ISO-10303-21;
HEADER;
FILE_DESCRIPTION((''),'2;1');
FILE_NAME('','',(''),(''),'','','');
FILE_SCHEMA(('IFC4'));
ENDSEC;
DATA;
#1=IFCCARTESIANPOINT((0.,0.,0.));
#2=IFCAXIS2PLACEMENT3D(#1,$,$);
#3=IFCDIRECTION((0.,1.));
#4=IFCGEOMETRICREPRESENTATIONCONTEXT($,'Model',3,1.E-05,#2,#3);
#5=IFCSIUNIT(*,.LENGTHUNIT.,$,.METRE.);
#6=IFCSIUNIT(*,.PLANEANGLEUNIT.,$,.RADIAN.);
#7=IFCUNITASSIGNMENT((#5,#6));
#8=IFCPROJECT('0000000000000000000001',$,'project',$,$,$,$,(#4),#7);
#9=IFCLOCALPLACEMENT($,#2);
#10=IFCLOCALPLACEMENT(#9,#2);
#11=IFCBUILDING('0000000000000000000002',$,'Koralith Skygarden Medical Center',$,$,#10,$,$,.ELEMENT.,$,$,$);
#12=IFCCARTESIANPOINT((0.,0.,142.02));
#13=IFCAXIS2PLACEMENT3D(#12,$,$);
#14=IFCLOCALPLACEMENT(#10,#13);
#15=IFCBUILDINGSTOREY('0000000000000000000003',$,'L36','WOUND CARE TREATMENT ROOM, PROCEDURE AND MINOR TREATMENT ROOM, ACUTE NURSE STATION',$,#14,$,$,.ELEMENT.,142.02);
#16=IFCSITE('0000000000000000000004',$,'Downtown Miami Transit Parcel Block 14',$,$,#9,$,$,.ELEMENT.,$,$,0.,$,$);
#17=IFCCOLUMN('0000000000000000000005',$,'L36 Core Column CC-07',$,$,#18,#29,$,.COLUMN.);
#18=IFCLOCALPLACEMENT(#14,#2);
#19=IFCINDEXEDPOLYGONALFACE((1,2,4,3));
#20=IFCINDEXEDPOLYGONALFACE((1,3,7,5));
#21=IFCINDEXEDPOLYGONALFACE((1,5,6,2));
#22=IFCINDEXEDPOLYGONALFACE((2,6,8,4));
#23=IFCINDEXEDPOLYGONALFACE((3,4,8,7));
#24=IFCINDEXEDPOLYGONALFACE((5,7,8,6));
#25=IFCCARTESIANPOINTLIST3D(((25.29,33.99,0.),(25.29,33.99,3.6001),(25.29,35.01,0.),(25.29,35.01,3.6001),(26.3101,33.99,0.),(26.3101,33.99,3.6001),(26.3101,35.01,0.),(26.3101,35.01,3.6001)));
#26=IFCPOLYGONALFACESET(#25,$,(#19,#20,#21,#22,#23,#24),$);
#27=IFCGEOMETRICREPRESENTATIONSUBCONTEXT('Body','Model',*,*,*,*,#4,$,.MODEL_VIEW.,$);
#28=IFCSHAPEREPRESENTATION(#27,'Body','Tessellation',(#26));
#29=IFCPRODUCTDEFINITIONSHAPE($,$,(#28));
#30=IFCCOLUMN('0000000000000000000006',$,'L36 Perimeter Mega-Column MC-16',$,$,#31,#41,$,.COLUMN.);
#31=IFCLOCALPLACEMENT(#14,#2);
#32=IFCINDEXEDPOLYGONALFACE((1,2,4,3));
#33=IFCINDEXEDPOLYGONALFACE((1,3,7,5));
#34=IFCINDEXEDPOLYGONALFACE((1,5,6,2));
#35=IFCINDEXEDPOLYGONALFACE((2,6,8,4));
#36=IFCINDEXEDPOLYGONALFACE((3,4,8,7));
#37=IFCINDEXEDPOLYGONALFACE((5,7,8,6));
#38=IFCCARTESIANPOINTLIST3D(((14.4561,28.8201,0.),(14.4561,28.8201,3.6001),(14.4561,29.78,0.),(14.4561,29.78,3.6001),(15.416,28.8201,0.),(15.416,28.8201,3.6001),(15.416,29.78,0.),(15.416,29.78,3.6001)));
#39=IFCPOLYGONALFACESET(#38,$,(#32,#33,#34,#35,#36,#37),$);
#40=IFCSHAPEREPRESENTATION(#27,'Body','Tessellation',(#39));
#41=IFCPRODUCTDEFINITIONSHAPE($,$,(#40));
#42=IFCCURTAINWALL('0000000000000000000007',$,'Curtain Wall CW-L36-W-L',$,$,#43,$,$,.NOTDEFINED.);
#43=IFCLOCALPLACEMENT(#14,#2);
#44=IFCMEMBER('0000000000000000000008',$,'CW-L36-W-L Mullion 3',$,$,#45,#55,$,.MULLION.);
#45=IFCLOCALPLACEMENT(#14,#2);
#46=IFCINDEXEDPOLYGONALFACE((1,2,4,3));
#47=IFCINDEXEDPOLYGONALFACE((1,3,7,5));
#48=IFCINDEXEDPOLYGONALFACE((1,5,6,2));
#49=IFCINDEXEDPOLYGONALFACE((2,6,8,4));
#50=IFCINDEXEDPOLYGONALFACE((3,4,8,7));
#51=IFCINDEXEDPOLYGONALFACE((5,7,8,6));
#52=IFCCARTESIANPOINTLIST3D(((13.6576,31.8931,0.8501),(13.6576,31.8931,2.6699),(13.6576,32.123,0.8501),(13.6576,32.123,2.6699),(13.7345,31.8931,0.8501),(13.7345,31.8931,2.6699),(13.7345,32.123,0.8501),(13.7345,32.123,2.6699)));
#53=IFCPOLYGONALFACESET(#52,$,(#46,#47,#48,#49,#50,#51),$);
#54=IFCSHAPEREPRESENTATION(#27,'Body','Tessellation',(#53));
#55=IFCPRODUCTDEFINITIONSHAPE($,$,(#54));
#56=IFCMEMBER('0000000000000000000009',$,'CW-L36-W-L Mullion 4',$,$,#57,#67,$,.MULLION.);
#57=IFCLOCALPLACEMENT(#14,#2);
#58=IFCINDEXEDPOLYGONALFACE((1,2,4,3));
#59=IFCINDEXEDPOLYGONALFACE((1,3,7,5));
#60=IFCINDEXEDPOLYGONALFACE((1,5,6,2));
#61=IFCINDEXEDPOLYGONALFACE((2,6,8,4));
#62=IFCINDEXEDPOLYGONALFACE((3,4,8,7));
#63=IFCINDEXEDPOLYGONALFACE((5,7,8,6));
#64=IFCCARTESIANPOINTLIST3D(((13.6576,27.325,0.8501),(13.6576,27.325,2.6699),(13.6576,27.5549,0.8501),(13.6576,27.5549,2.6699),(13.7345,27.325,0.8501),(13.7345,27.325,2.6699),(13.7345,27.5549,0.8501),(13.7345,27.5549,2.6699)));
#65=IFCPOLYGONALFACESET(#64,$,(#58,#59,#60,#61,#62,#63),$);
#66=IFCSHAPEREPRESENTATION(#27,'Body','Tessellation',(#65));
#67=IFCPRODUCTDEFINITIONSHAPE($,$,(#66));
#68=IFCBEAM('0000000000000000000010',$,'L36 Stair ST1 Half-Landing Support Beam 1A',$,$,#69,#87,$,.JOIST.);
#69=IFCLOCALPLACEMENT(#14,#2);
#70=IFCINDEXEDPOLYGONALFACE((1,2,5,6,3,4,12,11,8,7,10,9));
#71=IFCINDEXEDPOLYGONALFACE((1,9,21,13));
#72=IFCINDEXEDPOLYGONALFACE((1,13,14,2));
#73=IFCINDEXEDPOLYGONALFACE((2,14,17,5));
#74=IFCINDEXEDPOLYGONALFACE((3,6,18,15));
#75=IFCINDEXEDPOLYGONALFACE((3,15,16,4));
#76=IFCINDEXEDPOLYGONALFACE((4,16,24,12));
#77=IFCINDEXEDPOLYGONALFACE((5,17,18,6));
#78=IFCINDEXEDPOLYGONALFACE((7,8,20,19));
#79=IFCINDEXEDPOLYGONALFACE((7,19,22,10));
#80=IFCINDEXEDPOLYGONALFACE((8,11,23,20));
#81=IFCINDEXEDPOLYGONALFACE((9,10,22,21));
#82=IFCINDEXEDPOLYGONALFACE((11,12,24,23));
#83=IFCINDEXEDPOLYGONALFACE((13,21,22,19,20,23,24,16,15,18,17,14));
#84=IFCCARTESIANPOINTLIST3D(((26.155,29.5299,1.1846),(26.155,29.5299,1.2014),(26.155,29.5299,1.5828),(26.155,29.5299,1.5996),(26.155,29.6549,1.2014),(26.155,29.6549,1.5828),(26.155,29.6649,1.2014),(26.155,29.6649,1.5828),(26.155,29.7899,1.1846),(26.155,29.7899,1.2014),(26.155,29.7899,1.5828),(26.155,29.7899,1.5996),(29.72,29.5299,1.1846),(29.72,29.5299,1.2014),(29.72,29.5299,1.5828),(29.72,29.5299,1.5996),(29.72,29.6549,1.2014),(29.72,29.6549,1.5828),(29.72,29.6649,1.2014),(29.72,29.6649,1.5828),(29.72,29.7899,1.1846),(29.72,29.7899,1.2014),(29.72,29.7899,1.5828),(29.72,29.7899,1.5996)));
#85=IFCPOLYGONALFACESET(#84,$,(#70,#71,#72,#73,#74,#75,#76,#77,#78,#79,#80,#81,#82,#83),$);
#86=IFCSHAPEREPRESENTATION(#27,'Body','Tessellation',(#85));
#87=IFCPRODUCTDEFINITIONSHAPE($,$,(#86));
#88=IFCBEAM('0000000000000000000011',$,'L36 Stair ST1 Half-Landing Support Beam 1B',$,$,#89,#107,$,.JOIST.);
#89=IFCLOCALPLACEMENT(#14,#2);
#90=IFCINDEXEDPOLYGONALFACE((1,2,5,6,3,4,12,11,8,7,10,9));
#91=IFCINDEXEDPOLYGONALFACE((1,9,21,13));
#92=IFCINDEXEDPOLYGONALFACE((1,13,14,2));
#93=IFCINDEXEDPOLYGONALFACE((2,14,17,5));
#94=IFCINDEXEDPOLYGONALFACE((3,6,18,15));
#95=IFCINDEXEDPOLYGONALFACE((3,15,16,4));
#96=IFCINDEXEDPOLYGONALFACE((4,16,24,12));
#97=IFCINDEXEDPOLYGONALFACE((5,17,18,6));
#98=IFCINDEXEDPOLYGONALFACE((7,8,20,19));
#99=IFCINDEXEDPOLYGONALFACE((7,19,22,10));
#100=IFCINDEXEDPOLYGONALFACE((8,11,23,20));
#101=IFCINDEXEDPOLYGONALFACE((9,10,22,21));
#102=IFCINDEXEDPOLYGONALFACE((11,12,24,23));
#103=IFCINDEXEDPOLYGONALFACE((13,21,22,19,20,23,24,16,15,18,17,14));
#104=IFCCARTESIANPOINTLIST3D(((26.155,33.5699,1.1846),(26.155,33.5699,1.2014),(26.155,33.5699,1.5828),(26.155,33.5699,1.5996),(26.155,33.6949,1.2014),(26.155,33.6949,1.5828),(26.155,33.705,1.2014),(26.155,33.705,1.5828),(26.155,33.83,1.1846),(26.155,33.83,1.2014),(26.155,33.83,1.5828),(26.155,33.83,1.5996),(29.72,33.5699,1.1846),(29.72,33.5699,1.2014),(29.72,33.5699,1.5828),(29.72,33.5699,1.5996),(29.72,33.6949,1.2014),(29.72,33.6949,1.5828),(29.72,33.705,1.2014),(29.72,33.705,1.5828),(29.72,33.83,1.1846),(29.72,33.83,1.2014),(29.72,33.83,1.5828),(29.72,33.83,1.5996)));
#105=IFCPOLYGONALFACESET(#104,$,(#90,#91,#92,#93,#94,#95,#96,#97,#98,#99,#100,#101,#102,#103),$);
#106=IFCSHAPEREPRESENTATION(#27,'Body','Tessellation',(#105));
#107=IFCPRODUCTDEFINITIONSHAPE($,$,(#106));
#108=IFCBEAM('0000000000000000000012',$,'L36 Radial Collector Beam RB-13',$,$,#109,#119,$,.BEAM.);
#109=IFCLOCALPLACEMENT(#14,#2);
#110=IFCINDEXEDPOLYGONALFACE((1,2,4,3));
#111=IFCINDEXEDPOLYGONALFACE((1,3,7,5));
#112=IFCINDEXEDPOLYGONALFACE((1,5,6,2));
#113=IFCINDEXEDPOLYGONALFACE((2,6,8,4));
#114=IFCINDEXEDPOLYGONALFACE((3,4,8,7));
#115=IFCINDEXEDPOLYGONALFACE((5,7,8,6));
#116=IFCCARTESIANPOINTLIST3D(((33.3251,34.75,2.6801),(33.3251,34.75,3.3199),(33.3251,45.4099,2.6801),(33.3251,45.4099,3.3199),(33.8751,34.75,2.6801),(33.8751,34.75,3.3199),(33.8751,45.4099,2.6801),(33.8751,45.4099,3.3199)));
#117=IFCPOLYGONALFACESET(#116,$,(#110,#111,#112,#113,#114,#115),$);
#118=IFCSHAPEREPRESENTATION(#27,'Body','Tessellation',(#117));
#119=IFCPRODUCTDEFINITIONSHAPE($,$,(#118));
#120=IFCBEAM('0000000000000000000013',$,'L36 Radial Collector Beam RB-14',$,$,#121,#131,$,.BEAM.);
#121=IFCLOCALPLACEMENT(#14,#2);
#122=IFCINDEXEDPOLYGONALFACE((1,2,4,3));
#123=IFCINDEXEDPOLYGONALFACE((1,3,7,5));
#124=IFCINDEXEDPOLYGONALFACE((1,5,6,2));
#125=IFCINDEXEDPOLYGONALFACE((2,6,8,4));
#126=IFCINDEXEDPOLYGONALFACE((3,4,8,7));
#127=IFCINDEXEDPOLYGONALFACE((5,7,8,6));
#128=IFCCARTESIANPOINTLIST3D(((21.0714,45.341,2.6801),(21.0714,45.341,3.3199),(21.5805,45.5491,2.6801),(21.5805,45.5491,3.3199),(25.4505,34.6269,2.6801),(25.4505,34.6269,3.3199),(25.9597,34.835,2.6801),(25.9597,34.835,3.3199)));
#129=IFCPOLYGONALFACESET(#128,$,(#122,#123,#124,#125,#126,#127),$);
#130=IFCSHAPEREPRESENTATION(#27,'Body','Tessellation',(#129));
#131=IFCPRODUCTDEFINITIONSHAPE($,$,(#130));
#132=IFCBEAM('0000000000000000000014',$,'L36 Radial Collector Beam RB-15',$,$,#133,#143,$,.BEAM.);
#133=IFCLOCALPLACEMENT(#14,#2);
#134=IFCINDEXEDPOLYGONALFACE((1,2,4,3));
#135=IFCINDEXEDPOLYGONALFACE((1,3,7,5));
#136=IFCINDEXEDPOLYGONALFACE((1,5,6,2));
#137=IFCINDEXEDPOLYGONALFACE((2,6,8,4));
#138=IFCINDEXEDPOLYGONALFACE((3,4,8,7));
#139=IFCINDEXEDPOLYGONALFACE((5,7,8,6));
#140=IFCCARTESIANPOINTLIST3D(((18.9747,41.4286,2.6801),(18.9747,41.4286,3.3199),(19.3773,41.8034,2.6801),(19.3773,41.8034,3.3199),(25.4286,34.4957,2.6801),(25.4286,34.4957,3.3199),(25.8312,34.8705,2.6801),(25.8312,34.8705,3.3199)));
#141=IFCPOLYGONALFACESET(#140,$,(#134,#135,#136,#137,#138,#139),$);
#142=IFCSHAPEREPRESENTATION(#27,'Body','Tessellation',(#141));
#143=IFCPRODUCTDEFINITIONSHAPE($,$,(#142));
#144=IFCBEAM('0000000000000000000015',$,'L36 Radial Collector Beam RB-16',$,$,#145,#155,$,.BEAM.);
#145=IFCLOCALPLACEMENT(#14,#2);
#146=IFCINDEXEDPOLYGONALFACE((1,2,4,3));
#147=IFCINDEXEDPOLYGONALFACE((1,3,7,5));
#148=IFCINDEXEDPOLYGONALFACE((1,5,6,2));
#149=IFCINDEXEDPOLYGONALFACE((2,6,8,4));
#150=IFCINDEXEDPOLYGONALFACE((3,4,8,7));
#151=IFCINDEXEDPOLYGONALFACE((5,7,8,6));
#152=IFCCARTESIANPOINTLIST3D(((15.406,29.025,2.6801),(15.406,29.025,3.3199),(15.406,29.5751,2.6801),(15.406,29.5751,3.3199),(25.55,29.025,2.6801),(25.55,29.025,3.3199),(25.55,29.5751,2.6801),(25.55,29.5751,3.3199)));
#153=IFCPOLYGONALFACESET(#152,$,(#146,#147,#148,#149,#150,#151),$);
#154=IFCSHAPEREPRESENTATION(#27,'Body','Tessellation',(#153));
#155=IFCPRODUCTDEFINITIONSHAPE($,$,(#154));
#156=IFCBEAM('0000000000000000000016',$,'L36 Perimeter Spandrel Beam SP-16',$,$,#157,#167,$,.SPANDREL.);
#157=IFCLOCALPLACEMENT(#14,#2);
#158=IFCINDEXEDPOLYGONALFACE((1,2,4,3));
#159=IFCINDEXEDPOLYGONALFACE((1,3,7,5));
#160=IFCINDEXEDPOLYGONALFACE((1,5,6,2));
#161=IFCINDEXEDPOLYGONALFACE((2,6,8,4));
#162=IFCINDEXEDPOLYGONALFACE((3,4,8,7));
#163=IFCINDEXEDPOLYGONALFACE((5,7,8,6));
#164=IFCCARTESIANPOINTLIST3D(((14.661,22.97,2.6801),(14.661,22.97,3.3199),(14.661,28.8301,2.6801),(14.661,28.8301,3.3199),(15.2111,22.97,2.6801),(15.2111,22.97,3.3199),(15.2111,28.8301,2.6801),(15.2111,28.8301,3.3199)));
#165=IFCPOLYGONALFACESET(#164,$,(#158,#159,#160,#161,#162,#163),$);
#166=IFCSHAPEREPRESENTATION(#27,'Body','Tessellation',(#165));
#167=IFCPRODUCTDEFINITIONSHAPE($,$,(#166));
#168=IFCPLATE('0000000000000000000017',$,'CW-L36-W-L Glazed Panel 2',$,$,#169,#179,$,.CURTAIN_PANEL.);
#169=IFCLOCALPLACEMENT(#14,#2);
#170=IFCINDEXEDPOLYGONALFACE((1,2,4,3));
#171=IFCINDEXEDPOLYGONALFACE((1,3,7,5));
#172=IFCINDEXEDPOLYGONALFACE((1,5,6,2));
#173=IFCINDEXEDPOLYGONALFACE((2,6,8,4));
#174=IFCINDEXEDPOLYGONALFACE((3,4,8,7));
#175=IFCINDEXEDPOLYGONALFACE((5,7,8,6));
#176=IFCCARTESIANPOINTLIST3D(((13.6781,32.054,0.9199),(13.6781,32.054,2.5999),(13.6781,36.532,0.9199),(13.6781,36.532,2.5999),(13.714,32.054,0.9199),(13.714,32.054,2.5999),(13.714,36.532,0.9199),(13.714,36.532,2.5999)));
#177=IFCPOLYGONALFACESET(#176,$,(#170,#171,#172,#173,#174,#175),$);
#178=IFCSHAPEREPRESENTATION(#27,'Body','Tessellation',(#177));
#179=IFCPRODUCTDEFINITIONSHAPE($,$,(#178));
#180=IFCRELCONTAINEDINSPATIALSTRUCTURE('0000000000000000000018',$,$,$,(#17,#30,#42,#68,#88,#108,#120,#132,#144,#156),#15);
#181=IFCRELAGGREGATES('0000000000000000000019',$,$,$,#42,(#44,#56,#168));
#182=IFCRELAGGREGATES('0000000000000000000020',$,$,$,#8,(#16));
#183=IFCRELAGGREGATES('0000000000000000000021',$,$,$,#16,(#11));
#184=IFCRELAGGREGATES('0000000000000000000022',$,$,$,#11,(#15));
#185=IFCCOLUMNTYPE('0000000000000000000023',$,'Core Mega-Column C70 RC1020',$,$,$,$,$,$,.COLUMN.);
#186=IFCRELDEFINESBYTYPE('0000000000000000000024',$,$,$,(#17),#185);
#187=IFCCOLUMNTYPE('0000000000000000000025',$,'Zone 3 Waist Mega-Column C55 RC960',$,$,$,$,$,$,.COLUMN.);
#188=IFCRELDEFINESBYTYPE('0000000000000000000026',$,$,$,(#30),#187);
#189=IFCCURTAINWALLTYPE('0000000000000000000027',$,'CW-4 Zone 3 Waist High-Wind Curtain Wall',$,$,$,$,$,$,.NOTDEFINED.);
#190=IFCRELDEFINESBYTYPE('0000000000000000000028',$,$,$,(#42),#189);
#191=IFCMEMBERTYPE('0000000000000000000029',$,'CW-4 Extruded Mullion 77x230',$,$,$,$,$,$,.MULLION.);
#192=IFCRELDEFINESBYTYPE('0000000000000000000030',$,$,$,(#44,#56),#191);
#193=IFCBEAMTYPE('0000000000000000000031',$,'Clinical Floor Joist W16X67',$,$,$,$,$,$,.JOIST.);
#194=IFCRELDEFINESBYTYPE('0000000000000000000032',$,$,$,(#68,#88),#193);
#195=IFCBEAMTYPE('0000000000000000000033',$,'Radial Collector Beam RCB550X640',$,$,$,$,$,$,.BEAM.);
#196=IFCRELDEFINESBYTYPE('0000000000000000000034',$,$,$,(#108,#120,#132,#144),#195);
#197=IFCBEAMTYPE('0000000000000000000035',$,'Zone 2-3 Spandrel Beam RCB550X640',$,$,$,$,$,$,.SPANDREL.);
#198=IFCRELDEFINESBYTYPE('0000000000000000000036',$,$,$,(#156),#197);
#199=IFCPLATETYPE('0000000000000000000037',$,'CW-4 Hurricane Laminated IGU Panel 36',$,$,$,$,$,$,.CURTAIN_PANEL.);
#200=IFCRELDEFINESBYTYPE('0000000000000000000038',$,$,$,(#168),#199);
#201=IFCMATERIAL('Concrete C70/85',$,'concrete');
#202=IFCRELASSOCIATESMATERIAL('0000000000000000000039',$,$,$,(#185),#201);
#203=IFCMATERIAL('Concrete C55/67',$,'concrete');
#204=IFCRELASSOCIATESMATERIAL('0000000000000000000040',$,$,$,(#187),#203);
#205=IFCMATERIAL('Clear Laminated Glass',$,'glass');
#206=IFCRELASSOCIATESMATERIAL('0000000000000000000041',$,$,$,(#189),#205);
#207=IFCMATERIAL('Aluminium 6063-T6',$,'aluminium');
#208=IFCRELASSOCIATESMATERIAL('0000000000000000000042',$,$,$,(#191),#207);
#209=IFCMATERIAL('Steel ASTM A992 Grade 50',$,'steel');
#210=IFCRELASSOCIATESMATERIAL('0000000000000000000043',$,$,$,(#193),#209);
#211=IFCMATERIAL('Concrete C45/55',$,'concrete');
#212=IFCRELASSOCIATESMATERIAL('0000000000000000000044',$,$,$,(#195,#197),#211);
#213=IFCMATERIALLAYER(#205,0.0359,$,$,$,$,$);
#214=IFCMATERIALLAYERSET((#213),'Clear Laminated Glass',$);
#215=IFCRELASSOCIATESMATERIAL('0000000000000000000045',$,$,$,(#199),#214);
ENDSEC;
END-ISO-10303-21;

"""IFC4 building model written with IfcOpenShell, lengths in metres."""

from ifc_helpers import new_model, si_unit, direction, frame, origin, origin_2d, place, context, subcontext, project, spatial, rectangle, i_section, extrude, material, layer, layer_set, material_profile, profile_set, type_object, element, aggregate, save


model = new_model("IFC4")

# Units and contexts
model_context = context("Model", 3, precision=1e-05, world=origin(), true_north=direction((0.0, 1.0)))
body_context = subcontext(model_context, "Body", "Model", "MODEL_VIEW")
ifc_project = project(units=[si_unit("LENGTHUNIT", "METRE"), si_unit("PLANEANGLEUNIT", "RADIAN")], contexts=[model_context])

# Site, building, storey
site_placement = place(None, origin())
site = spatial("IfcSite", under=ifc_project, at=site_placement, Name="Downtown Miami Transit Parcel Block 14", CompositionType="ELEMENT", RefElevation=0.0)
building_placement = place(site_placement, origin())
building = spatial("IfcBuilding", under=site, at=building_placement, Name="Koralith Skygarden Medical Center", CompositionType="ELEMENT")
storey_placement = place(building_placement, frame((0.0, 0.0, 142.02)))
storey = spatial("IfcBuildingStorey", under=building, at=storey_placement, Name="L36", Description="WOUND CARE TREATMENT ROOM, PROCEDURE AND MINOR TREATMENT ROOM, ACUTE NURSE STATION", CompositionType="ELEMENT", Elevation=142.02)

# Columns
ifc_material_1 = material(Name="Concrete C70/85", Category="concrete")
ifc_material_profile_1 = material_profile(ifc_material_1, rectangle(XDim=1.02, YDim=1.02, at=origin_2d()), Name="RC1020X1020")
ifc_profile_set_1 = profile_set([ifc_material_profile_1], Name="Concrete C70/85")
column_type_1 = type_object("IfcColumnType", Name="Core Mega-Column C70 RC1020", PredefinedType="COLUMN", material=ifc_profile_set_1)
column_1_placement = place(storey_placement, frame((25.8, 34.5, 0.0), z_axis=(0.0, 0.0, 1.0), x_axis=(1.0, 0.0, 0.0)))
element("IfcColumn", 1, at=column_1_placement, inside=storey, type_object=column_type_1, Name="L36 Core Column CC-07", PredefinedType="COLUMN", context=body_context, shape_type="SweptSolid", body=[
    extrude(rectangle(XDim=1.02, YDim=1.02, at=origin_2d()), origin(), (0.0, 0.0, 1.0), 3.6001),
])
ifc_material_2 = material(Name="Concrete C55/67", Category="concrete")
ifc_material_profile_2 = material_profile(ifc_material_2, rectangle(XDim=0.96, YDim=0.96, at=origin_2d()), Name="RC960X960")
ifc_profile_set_2 = profile_set([ifc_material_profile_2], Name="Concrete C55/67")
column_type_2 = type_object("IfcColumnType", Name="Zone 3 Waist Mega-Column C55 RC960", PredefinedType="COLUMN", material=ifc_profile_set_2)
column_2_placement = place(storey_placement, frame((14.936, 29.3, 0.0), z_axis=(0.0, 0.0, 1.0), x_axis=(1.0, 0.0, 0.0)))
element("IfcColumn", 2, at=column_2_placement, inside=storey, type_object=column_type_2, Name="L36 Perimeter Mega-Column MC-16", PredefinedType="COLUMN", context=body_context, shape_type="SweptSolid", body=[
    extrude(rectangle(XDim=0.96, YDim=0.96, at=origin_2d()), origin(), (0.0, 0.0, 1.0), 3.6001),
])

# Curtain wall, members
ifc_material_3 = material(Name="Clear Laminated Glass", Category="glass")
curtain_wall_type = type_object("IfcCurtainWallType", Name="CW-4 Zone 3 Waist High-Wind Curtain Wall", PredefinedType="NOTDEFINED", material=ifc_material_3)
curtain_wall_placement = place(storey_placement, origin())
curtain_wall = element("IfcCurtainWall", 3, at=curtain_wall_placement, inside=storey, type_object=curtain_wall_type, Name="Curtain Wall CW-L36-W-L", PredefinedType="NOTDEFINED")
ifc_material_4 = material(Name="Aluminium 6063-T6", Category="aluminium")
ifc_material_profile_3 = material_profile(ifc_material_4, rectangle(XDim=0.0769, YDim=0.23, at=origin_2d()), Name="MUL77X230")
ifc_profile_set_3 = profile_set([ifc_material_profile_3], Name="Aluminium 6063-T6")
member_type = type_object("IfcMemberType", Name="CW-4 Extruded Mullion 77x230", PredefinedType="MULLION", material=ifc_profile_set_3)
member_1_placement = place(storey_placement, frame((13.696, 32.0081, 0.8501), z_axis=(0.0, 0.0, 1.0), x_axis=(1.0, 0.0, 0.0)))
member_1 = element("IfcMember", 4, at=member_1_placement, type_object=member_type, Name="CW-L36-W-L Mullion 3", PredefinedType="MULLION", context=body_context, shape_type="SweptSolid", body=[
    extrude(rectangle(XDim=0.0769, YDim=0.23, at=origin_2d()), origin(), (0.0, 0.0, 1.0), 1.8198),
])
member_2_placement = place(storey_placement, frame((13.696, 27.4399, 0.8501), z_axis=(0.0, 0.0, 1.0), x_axis=(1.0, 0.0, 0.0)))
member_2 = element("IfcMember", 5, at=member_2_placement, type_object=member_type, Name="CW-L36-W-L Mullion 4", PredefinedType="MULLION", context=body_context, shape_type="SweptSolid", body=[
    extrude(rectangle(XDim=0.0769, YDim=0.23, at=origin_2d()), origin(), (0.0, 0.0, 1.0), 1.8198),
])

# Beams
ifc_material_5 = material(Name="Steel ASTM A992 Grade 50", Category="steel")
ifc_material_profile_4 = material_profile(ifc_material_5, i_section(OverallWidth=0.26, OverallDepth=0.415, WebThickness=0.01, FlangeThickness=0.0168, at=origin_2d()), Name="W16X67")
ifc_profile_set_4 = profile_set([ifc_material_profile_4], Name="Steel ASTM A992 Grade 50")
beam_type_1 = type_object("IfcBeamType", Name="Clinical Floor Joist W16X67", PredefinedType="JOIST", material=ifc_profile_set_4)
for number, where, z_axis, x_axis, name in (
    (6, (26.155, 29.6599, 1.3921), (1.0, 0.0, 0.0), (0.0, 1.0, 0.0), "L36 Stair ST1 Half-Landing Support Beam 1A"),
    (7, (26.155, 33.7, 1.3921), (1.0, 0.0, 0.0), (0.0, 1.0, 0.0), "L36 Stair ST1 Half-Landing Support Beam 1B"),
):
    element("IfcBeam", number, at=place(storey_placement, frame(where, z_axis=z_axis, x_axis=x_axis)), inside=storey, type_object=beam_type_1, Name=name, PredefinedType="JOIST", context=body_context, shape_type="SweptSolid", body=[
        extrude(i_section(OverallWidth=0.26, OverallDepth=0.415, WebThickness=0.01, FlangeThickness=0.0168, at=origin_2d()), origin(), (0.0, 0.0, 1.0), 3.5649),
    ])
ifc_material_6 = material(Name="Concrete C45/55", Category="concrete")
ifc_material_profile_5 = material_profile(ifc_material_6, rectangle(XDim=0.55, YDim=0.6399, at=origin_2d()), Name="RCB550X640")
ifc_profile_set_5 = profile_set([ifc_material_profile_5], Name="Concrete C45/55")
beam_type_2 = type_object("IfcBeamType", Name="Radial Collector Beam RCB550X640", PredefinedType="BEAM", material=ifc_profile_set_5)
beam_1_placement = place(storey_placement, frame((33.6001, 34.75, 3.0), z_axis=(0.0, 1.0, 0.0), x_axis=(-1.0, 0.0, 0.0)))
element("IfcBeam", 8, at=beam_1_placement, inside=storey, type_object=beam_type_2, Name="L36 Radial Collector Beam RB-13", PredefinedType="BEAM", context=body_context, shape_type="SweptSolid", body=[
    extrude(rectangle(XDim=0.55, YDim=0.6399, at=origin_2d()), origin(), (0.0, 0.0, 1.0), 10.6599),
])
beam_2_placement = place(storey_placement, frame((25.7051, 34.731, 3.0), z_axis=(-0.378345, 0.925665, 0.0), x_axis=(-0.925665, -0.378345, 0.0)))
element("IfcBeam", 9, at=beam_2_placement, inside=storey, type_object=beam_type_2, Name="L36 Radial Collector Beam RB-14", PredefinedType="BEAM", context=body_context, shape_type="SweptSolid", body=[
    extrude(rectangle(XDim=0.55, YDim=0.6399, at=origin_2d()), origin(), (0.0, 0.0, 1.0), 11.5745),
])
beam_3_placement = place(storey_placement, frame((25.6299, 34.6831, 3.0), z_axis=(-0.681369, 0.73194, 0.0), x_axis=(-0.73194, -0.681369, 0.0)))
element("IfcBeam", 10, at=beam_3_placement, inside=storey, type_object=beam_type_2, Name="L36 Radial Collector Beam RB-15", PredefinedType="BEAM", context=body_context, shape_type="SweptSolid", body=[
    extrude(rectangle(XDim=0.55, YDim=0.6399, at=origin_2d()), origin(), (0.0, 0.0, 1.0), 9.4719),
])
beam_4_placement = place(storey_placement, frame((25.55, 29.3, 3.0), z_axis=(-1.0, 0.0, 0.0), x_axis=(0.0, -1.0, 0.0)))
element("IfcBeam", 11, at=beam_4_placement, inside=storey, type_object=beam_type_2, Name="L36 Radial Collector Beam RB-16", PredefinedType="BEAM", context=body_context, shape_type="SweptSolid", body=[
    extrude(rectangle(XDim=0.55, YDim=0.6399, at=origin_2d()), origin(), (0.0, 0.0, 1.0), 10.144),
])
ifc_material_profile_6 = material_profile(ifc_material_6, rectangle(XDim=0.55, YDim=0.6399, at=origin_2d()), Name="RCB550X640")
ifc_profile_set_6 = profile_set([ifc_material_profile_6], Name="Concrete C45/55")
beam_type_3 = type_object("IfcBeamType", Name="Zone 2-3 Spandrel Beam RCB550X640", PredefinedType="SPANDREL", material=ifc_profile_set_6)
beam_5_placement = place(storey_placement, frame((14.936, 28.8301, 3.0), z_axis=(0.0, -1.0, 0.0), x_axis=(1.0, 0.0, 0.0)))
element("IfcBeam", 12, at=beam_5_placement, inside=storey, type_object=beam_type_3, Name="L36 Perimeter Spandrel Beam SP-16", PredefinedType="SPANDREL", context=body_context, shape_type="SweptSolid", body=[
    extrude(rectangle(XDim=0.55, YDim=0.6399, at=origin_2d()), origin(), (0.0, 0.0, 1.0), 5.8601),
])

# Plate
ifc_layer_1 = layer(ifc_material_3, 0.0359)
ifc_layer_set_1 = layer_set([ifc_layer_1], Name="Clear Laminated Glass")
plate_type = type_object("IfcPlateType", Name="CW-4 Hurricane Laminated IGU Panel 36", PredefinedType="CURTAIN_PANEL", material=ifc_layer_set_1)
plate_1_placement = place(storey_placement, frame((13.696, 34.293, 0.9199), z_axis=(0.0, 0.0, 1.0), x_axis=(0.0, -1.0, 0.0)))
plate_1 = element("IfcPlate", 13, at=plate_1_placement, type_object=plate_type, Name="CW-L36-W-L Glazed Panel 2", PredefinedType="CURTAIN_PANEL", context=body_context, shape_type="SweptSolid", body=[
    extrude(rectangle(XDim=4.478, YDim=0.0359, at=origin_2d()), origin(), (0.0, 0.0, 1.0), 1.6799),
])
aggregate(curtain_wall, [member_1, member_2, plate_1])

save(model, "model.ifc")
